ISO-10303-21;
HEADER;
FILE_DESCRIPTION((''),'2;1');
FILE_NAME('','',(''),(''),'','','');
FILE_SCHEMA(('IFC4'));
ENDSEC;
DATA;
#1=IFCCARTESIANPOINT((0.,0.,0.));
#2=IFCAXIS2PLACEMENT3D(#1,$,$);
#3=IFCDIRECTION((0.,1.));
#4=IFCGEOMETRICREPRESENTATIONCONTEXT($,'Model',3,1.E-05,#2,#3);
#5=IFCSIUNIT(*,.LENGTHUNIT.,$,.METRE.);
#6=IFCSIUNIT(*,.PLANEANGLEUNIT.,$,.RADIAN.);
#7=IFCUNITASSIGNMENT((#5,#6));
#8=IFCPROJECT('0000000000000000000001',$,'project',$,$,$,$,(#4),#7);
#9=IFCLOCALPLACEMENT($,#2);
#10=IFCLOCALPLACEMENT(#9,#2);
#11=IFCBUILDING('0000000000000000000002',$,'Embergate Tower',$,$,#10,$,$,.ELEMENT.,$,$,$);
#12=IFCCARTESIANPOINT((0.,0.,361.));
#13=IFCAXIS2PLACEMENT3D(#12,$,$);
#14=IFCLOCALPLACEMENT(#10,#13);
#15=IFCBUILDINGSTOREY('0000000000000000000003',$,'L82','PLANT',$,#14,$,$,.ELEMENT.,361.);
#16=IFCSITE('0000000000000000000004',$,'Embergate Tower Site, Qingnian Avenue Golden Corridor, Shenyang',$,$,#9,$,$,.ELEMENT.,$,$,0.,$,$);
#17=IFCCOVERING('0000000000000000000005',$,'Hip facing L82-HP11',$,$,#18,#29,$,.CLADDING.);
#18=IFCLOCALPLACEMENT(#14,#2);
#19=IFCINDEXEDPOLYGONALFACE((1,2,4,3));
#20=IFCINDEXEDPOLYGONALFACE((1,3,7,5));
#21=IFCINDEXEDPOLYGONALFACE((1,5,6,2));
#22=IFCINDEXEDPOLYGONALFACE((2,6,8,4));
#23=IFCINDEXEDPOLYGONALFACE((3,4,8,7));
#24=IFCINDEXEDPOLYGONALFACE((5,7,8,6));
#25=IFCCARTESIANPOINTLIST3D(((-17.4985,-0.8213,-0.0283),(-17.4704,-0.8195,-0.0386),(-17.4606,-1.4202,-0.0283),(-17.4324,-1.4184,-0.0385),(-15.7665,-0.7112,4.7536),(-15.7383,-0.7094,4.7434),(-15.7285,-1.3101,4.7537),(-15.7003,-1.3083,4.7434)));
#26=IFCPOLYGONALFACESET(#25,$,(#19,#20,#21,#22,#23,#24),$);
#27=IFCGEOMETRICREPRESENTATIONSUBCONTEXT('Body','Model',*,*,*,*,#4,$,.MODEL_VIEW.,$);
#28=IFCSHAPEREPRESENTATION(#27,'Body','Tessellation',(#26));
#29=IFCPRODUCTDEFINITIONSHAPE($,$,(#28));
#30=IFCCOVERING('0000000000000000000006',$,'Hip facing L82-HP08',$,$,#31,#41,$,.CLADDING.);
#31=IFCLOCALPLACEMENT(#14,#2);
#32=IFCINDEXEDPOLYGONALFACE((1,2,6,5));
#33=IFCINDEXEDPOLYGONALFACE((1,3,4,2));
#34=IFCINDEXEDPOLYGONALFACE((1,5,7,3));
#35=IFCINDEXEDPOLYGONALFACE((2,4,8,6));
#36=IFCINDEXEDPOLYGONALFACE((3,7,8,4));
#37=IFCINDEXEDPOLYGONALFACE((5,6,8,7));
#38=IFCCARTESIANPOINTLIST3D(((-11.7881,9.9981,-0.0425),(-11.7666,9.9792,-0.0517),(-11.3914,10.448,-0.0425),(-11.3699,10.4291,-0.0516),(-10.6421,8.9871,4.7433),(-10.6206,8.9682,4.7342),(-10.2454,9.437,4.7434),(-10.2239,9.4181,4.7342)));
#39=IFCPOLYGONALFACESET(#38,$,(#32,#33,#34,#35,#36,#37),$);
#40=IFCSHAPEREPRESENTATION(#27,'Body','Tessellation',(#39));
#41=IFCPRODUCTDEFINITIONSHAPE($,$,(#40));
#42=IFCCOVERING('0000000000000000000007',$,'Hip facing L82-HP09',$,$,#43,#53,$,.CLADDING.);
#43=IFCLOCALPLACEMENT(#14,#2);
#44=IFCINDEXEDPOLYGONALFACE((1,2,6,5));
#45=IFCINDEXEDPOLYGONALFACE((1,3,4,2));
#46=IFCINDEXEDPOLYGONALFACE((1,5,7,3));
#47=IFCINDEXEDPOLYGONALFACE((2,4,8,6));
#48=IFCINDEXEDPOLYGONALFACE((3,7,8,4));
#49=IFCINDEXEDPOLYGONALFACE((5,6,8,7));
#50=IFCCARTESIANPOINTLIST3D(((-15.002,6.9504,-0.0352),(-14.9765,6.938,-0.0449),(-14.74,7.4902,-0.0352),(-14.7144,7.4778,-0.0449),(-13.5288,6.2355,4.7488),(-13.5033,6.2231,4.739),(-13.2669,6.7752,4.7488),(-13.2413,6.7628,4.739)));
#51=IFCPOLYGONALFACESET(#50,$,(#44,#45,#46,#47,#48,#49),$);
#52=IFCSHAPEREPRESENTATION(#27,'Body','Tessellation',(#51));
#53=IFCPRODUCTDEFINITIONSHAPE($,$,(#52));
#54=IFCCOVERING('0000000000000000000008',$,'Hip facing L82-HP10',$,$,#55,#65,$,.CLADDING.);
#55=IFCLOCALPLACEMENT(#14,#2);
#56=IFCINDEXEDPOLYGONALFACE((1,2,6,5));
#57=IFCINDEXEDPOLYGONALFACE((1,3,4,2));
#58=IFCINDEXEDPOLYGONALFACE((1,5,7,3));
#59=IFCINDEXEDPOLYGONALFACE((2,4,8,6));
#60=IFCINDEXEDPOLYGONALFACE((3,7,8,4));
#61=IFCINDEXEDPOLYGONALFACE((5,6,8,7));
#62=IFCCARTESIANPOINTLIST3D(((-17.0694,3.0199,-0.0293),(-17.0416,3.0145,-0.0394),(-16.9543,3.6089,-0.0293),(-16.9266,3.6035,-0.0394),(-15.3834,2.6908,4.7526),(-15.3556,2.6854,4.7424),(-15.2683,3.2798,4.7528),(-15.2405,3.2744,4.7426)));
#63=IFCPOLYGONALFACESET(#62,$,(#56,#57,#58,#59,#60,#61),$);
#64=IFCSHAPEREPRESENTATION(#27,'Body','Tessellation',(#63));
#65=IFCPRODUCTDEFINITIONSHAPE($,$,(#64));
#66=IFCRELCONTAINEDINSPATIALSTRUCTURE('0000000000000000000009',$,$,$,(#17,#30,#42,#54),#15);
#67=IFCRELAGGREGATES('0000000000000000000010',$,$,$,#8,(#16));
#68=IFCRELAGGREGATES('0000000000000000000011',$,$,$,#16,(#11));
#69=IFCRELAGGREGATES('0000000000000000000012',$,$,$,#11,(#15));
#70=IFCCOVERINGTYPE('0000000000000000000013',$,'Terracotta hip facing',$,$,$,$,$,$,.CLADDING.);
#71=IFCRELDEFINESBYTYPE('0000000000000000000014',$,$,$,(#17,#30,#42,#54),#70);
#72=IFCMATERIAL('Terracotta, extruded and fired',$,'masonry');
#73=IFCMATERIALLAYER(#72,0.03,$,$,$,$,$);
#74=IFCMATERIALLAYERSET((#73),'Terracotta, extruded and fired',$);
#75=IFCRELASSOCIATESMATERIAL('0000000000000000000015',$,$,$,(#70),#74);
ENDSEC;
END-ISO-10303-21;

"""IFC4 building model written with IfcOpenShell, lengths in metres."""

from ifc_helpers import new_model, si_unit, direction, frame, origin, place, context, subcontext, project, spatial, polyline, outline, extrude, source, transform, mapped, material, layer, layer_set, type_object, element, save


model = new_model("IFC4")

# Units and contexts
model_context = context("Model", 3, precision=1e-05, world=origin(), true_north=direction((0.0, 1.0)))
body_context = subcontext(model_context, "Body", "Model", "MODEL_VIEW")
ifc_project = project(units=[si_unit("LENGTHUNIT", "METRE"), si_unit("PLANEANGLEUNIT", "RADIAN")], contexts=[model_context])

# Site, building, storey
site_placement = place(None, origin())
site = spatial("IfcSite", under=ifc_project, at=site_placement, Name="Embergate Tower Site, Qingnian Avenue Golden Corridor, Shenyang", CompositionType="ELEMENT", RefElevation=0.0)
building_placement = place(site_placement, origin())
building = spatial("IfcBuilding", under=site, at=building_placement, Name="Embergate Tower", CompositionType="ELEMENT")
storey_placement = place(building_placement, frame((0.0, 0.0, 361.0)))
storey = spatial("IfcBuildingStorey", under=building, at=storey_placement, Name="L82", Description="PLANT", CompositionType="ELEMENT", Elevation=361.0)

# Coverings
ifc_material_1 = material(Name="Terracotta, extruded and fired", Category="masonry")
ifc_layer_1 = layer(ifc_material_1, 0.03)
ifc_layer_set_1 = layer_set([ifc_layer_1], Name="Terracotta, extruded and fired")
covering_type = type_object("IfcCoveringType", Name="Terracotta hip facing", PredefinedType="CLADDING", material=ifc_layer_set_1)
shared_shape_1 = source(origin(), body_context, "Body", "SweptSolid", [
    extrude(outline(polyline([(0.0, 0.0), (5.0872, 0.0), (5.0872, -0.6001), (0.0, -0.6001), (0.0, 0.0)])), origin(), (0.0, 0.0, -1.0), 0.03),
])
covering_1_placement = place(storey_placement, frame((-17.4985, -0.8213, -0.0283), z_axis=(-0.938122, -0.059469, 0.341161), x_axis=(0.340474, 0.021646, 0.940005)))
element("IfcCovering", 1, at=covering_1_placement, inside=storey, type_object=covering_type, Name="Hip facing L82-HP11", PredefinedType="CLADDING", context=body_context, shape_type="MappedRepresentation", body=[
    mapped(shared_shape_1, transform((0.0, 0.0, 0.0))),
])
shared_shape_2 = source(origin(), body_context, "Body", "SweptSolid", [
    extrude(outline(polyline([(0.0, 0.0), (5.0239, 0.0), (5.0239, -0.5999), (0.0, -0.5999), (0.0, 0.0)])), origin(), (0.0, 0.0, -1.0), 0.03),
])
covering_2_placement = place(storey_placement, frame((-11.3914, 10.448, -0.0425), z_axis=(-0.714532, 0.630013, 0.304183), x_axis=(0.228106, -0.201233, 0.952614)))
element("IfcCovering", 2, at=covering_2_placement, inside=storey, type_object=covering_type, Name="Hip facing L82-HP08", PredefinedType="CLADDING", context=body_context, shape_type="MappedRepresentation", body=[
    mapped(shared_shape_2, transform((0.0, 0.0, 0.0))),
])
shared_shape_3 = source(origin(), body_context, "Body", "SweptSolid", [
    extrude(outline(polyline([(0.0, 0.0), (5.0564, 0.0), (5.0564, -0.5999), (0.0, -0.6001), (0.0, 0.0)])), origin(), (0.0, 0.0, -1.0), 0.03),
])
covering_3_placement = place(storey_placement, frame((-14.74, 7.4902, -0.0352), z_axis=(-0.851137, 0.413151, 0.323841), x_axis=(0.291332, -0.141417, 0.946111)))
element("IfcCovering", 3, at=covering_3_placement, inside=storey, type_object=covering_type, Name="Hip facing L82-HP09", PredefinedType="CLADDING", context=body_context, shape_type="MappedRepresentation", body=[
    mapped(shared_shape_3, transform((0.0, 0.0, 0.0))),
])
shared_shape_4 = source(origin(), body_context, "Body", "SweptSolid", [
    extrude(outline(polyline([(0.0, 0.0), (5.0813, 0.0), (5.0811, -0.6001), (0.0, -0.6001), (0.0, 0.0)])), origin(), (0.0, 0.0, -1.0), 0.03),
])
covering_4_placement = place(storey_placement, frame((-16.9543, 3.6089, -0.0293), z_axis=(-0.923671, 0.180369, 0.338082), x_axis=(0.33182, -0.064769, 0.941117)))
element("IfcCovering", 4, at=covering_4_placement, inside=storey, type_object=covering_type, Name="Hip facing L82-HP10", PredefinedType="CLADDING", context=body_context, shape_type="MappedRepresentation", body=[
    mapped(shared_shape_4, transform((0.0, 0.0, 0.0))),
])

save(model, "model.ifc")
